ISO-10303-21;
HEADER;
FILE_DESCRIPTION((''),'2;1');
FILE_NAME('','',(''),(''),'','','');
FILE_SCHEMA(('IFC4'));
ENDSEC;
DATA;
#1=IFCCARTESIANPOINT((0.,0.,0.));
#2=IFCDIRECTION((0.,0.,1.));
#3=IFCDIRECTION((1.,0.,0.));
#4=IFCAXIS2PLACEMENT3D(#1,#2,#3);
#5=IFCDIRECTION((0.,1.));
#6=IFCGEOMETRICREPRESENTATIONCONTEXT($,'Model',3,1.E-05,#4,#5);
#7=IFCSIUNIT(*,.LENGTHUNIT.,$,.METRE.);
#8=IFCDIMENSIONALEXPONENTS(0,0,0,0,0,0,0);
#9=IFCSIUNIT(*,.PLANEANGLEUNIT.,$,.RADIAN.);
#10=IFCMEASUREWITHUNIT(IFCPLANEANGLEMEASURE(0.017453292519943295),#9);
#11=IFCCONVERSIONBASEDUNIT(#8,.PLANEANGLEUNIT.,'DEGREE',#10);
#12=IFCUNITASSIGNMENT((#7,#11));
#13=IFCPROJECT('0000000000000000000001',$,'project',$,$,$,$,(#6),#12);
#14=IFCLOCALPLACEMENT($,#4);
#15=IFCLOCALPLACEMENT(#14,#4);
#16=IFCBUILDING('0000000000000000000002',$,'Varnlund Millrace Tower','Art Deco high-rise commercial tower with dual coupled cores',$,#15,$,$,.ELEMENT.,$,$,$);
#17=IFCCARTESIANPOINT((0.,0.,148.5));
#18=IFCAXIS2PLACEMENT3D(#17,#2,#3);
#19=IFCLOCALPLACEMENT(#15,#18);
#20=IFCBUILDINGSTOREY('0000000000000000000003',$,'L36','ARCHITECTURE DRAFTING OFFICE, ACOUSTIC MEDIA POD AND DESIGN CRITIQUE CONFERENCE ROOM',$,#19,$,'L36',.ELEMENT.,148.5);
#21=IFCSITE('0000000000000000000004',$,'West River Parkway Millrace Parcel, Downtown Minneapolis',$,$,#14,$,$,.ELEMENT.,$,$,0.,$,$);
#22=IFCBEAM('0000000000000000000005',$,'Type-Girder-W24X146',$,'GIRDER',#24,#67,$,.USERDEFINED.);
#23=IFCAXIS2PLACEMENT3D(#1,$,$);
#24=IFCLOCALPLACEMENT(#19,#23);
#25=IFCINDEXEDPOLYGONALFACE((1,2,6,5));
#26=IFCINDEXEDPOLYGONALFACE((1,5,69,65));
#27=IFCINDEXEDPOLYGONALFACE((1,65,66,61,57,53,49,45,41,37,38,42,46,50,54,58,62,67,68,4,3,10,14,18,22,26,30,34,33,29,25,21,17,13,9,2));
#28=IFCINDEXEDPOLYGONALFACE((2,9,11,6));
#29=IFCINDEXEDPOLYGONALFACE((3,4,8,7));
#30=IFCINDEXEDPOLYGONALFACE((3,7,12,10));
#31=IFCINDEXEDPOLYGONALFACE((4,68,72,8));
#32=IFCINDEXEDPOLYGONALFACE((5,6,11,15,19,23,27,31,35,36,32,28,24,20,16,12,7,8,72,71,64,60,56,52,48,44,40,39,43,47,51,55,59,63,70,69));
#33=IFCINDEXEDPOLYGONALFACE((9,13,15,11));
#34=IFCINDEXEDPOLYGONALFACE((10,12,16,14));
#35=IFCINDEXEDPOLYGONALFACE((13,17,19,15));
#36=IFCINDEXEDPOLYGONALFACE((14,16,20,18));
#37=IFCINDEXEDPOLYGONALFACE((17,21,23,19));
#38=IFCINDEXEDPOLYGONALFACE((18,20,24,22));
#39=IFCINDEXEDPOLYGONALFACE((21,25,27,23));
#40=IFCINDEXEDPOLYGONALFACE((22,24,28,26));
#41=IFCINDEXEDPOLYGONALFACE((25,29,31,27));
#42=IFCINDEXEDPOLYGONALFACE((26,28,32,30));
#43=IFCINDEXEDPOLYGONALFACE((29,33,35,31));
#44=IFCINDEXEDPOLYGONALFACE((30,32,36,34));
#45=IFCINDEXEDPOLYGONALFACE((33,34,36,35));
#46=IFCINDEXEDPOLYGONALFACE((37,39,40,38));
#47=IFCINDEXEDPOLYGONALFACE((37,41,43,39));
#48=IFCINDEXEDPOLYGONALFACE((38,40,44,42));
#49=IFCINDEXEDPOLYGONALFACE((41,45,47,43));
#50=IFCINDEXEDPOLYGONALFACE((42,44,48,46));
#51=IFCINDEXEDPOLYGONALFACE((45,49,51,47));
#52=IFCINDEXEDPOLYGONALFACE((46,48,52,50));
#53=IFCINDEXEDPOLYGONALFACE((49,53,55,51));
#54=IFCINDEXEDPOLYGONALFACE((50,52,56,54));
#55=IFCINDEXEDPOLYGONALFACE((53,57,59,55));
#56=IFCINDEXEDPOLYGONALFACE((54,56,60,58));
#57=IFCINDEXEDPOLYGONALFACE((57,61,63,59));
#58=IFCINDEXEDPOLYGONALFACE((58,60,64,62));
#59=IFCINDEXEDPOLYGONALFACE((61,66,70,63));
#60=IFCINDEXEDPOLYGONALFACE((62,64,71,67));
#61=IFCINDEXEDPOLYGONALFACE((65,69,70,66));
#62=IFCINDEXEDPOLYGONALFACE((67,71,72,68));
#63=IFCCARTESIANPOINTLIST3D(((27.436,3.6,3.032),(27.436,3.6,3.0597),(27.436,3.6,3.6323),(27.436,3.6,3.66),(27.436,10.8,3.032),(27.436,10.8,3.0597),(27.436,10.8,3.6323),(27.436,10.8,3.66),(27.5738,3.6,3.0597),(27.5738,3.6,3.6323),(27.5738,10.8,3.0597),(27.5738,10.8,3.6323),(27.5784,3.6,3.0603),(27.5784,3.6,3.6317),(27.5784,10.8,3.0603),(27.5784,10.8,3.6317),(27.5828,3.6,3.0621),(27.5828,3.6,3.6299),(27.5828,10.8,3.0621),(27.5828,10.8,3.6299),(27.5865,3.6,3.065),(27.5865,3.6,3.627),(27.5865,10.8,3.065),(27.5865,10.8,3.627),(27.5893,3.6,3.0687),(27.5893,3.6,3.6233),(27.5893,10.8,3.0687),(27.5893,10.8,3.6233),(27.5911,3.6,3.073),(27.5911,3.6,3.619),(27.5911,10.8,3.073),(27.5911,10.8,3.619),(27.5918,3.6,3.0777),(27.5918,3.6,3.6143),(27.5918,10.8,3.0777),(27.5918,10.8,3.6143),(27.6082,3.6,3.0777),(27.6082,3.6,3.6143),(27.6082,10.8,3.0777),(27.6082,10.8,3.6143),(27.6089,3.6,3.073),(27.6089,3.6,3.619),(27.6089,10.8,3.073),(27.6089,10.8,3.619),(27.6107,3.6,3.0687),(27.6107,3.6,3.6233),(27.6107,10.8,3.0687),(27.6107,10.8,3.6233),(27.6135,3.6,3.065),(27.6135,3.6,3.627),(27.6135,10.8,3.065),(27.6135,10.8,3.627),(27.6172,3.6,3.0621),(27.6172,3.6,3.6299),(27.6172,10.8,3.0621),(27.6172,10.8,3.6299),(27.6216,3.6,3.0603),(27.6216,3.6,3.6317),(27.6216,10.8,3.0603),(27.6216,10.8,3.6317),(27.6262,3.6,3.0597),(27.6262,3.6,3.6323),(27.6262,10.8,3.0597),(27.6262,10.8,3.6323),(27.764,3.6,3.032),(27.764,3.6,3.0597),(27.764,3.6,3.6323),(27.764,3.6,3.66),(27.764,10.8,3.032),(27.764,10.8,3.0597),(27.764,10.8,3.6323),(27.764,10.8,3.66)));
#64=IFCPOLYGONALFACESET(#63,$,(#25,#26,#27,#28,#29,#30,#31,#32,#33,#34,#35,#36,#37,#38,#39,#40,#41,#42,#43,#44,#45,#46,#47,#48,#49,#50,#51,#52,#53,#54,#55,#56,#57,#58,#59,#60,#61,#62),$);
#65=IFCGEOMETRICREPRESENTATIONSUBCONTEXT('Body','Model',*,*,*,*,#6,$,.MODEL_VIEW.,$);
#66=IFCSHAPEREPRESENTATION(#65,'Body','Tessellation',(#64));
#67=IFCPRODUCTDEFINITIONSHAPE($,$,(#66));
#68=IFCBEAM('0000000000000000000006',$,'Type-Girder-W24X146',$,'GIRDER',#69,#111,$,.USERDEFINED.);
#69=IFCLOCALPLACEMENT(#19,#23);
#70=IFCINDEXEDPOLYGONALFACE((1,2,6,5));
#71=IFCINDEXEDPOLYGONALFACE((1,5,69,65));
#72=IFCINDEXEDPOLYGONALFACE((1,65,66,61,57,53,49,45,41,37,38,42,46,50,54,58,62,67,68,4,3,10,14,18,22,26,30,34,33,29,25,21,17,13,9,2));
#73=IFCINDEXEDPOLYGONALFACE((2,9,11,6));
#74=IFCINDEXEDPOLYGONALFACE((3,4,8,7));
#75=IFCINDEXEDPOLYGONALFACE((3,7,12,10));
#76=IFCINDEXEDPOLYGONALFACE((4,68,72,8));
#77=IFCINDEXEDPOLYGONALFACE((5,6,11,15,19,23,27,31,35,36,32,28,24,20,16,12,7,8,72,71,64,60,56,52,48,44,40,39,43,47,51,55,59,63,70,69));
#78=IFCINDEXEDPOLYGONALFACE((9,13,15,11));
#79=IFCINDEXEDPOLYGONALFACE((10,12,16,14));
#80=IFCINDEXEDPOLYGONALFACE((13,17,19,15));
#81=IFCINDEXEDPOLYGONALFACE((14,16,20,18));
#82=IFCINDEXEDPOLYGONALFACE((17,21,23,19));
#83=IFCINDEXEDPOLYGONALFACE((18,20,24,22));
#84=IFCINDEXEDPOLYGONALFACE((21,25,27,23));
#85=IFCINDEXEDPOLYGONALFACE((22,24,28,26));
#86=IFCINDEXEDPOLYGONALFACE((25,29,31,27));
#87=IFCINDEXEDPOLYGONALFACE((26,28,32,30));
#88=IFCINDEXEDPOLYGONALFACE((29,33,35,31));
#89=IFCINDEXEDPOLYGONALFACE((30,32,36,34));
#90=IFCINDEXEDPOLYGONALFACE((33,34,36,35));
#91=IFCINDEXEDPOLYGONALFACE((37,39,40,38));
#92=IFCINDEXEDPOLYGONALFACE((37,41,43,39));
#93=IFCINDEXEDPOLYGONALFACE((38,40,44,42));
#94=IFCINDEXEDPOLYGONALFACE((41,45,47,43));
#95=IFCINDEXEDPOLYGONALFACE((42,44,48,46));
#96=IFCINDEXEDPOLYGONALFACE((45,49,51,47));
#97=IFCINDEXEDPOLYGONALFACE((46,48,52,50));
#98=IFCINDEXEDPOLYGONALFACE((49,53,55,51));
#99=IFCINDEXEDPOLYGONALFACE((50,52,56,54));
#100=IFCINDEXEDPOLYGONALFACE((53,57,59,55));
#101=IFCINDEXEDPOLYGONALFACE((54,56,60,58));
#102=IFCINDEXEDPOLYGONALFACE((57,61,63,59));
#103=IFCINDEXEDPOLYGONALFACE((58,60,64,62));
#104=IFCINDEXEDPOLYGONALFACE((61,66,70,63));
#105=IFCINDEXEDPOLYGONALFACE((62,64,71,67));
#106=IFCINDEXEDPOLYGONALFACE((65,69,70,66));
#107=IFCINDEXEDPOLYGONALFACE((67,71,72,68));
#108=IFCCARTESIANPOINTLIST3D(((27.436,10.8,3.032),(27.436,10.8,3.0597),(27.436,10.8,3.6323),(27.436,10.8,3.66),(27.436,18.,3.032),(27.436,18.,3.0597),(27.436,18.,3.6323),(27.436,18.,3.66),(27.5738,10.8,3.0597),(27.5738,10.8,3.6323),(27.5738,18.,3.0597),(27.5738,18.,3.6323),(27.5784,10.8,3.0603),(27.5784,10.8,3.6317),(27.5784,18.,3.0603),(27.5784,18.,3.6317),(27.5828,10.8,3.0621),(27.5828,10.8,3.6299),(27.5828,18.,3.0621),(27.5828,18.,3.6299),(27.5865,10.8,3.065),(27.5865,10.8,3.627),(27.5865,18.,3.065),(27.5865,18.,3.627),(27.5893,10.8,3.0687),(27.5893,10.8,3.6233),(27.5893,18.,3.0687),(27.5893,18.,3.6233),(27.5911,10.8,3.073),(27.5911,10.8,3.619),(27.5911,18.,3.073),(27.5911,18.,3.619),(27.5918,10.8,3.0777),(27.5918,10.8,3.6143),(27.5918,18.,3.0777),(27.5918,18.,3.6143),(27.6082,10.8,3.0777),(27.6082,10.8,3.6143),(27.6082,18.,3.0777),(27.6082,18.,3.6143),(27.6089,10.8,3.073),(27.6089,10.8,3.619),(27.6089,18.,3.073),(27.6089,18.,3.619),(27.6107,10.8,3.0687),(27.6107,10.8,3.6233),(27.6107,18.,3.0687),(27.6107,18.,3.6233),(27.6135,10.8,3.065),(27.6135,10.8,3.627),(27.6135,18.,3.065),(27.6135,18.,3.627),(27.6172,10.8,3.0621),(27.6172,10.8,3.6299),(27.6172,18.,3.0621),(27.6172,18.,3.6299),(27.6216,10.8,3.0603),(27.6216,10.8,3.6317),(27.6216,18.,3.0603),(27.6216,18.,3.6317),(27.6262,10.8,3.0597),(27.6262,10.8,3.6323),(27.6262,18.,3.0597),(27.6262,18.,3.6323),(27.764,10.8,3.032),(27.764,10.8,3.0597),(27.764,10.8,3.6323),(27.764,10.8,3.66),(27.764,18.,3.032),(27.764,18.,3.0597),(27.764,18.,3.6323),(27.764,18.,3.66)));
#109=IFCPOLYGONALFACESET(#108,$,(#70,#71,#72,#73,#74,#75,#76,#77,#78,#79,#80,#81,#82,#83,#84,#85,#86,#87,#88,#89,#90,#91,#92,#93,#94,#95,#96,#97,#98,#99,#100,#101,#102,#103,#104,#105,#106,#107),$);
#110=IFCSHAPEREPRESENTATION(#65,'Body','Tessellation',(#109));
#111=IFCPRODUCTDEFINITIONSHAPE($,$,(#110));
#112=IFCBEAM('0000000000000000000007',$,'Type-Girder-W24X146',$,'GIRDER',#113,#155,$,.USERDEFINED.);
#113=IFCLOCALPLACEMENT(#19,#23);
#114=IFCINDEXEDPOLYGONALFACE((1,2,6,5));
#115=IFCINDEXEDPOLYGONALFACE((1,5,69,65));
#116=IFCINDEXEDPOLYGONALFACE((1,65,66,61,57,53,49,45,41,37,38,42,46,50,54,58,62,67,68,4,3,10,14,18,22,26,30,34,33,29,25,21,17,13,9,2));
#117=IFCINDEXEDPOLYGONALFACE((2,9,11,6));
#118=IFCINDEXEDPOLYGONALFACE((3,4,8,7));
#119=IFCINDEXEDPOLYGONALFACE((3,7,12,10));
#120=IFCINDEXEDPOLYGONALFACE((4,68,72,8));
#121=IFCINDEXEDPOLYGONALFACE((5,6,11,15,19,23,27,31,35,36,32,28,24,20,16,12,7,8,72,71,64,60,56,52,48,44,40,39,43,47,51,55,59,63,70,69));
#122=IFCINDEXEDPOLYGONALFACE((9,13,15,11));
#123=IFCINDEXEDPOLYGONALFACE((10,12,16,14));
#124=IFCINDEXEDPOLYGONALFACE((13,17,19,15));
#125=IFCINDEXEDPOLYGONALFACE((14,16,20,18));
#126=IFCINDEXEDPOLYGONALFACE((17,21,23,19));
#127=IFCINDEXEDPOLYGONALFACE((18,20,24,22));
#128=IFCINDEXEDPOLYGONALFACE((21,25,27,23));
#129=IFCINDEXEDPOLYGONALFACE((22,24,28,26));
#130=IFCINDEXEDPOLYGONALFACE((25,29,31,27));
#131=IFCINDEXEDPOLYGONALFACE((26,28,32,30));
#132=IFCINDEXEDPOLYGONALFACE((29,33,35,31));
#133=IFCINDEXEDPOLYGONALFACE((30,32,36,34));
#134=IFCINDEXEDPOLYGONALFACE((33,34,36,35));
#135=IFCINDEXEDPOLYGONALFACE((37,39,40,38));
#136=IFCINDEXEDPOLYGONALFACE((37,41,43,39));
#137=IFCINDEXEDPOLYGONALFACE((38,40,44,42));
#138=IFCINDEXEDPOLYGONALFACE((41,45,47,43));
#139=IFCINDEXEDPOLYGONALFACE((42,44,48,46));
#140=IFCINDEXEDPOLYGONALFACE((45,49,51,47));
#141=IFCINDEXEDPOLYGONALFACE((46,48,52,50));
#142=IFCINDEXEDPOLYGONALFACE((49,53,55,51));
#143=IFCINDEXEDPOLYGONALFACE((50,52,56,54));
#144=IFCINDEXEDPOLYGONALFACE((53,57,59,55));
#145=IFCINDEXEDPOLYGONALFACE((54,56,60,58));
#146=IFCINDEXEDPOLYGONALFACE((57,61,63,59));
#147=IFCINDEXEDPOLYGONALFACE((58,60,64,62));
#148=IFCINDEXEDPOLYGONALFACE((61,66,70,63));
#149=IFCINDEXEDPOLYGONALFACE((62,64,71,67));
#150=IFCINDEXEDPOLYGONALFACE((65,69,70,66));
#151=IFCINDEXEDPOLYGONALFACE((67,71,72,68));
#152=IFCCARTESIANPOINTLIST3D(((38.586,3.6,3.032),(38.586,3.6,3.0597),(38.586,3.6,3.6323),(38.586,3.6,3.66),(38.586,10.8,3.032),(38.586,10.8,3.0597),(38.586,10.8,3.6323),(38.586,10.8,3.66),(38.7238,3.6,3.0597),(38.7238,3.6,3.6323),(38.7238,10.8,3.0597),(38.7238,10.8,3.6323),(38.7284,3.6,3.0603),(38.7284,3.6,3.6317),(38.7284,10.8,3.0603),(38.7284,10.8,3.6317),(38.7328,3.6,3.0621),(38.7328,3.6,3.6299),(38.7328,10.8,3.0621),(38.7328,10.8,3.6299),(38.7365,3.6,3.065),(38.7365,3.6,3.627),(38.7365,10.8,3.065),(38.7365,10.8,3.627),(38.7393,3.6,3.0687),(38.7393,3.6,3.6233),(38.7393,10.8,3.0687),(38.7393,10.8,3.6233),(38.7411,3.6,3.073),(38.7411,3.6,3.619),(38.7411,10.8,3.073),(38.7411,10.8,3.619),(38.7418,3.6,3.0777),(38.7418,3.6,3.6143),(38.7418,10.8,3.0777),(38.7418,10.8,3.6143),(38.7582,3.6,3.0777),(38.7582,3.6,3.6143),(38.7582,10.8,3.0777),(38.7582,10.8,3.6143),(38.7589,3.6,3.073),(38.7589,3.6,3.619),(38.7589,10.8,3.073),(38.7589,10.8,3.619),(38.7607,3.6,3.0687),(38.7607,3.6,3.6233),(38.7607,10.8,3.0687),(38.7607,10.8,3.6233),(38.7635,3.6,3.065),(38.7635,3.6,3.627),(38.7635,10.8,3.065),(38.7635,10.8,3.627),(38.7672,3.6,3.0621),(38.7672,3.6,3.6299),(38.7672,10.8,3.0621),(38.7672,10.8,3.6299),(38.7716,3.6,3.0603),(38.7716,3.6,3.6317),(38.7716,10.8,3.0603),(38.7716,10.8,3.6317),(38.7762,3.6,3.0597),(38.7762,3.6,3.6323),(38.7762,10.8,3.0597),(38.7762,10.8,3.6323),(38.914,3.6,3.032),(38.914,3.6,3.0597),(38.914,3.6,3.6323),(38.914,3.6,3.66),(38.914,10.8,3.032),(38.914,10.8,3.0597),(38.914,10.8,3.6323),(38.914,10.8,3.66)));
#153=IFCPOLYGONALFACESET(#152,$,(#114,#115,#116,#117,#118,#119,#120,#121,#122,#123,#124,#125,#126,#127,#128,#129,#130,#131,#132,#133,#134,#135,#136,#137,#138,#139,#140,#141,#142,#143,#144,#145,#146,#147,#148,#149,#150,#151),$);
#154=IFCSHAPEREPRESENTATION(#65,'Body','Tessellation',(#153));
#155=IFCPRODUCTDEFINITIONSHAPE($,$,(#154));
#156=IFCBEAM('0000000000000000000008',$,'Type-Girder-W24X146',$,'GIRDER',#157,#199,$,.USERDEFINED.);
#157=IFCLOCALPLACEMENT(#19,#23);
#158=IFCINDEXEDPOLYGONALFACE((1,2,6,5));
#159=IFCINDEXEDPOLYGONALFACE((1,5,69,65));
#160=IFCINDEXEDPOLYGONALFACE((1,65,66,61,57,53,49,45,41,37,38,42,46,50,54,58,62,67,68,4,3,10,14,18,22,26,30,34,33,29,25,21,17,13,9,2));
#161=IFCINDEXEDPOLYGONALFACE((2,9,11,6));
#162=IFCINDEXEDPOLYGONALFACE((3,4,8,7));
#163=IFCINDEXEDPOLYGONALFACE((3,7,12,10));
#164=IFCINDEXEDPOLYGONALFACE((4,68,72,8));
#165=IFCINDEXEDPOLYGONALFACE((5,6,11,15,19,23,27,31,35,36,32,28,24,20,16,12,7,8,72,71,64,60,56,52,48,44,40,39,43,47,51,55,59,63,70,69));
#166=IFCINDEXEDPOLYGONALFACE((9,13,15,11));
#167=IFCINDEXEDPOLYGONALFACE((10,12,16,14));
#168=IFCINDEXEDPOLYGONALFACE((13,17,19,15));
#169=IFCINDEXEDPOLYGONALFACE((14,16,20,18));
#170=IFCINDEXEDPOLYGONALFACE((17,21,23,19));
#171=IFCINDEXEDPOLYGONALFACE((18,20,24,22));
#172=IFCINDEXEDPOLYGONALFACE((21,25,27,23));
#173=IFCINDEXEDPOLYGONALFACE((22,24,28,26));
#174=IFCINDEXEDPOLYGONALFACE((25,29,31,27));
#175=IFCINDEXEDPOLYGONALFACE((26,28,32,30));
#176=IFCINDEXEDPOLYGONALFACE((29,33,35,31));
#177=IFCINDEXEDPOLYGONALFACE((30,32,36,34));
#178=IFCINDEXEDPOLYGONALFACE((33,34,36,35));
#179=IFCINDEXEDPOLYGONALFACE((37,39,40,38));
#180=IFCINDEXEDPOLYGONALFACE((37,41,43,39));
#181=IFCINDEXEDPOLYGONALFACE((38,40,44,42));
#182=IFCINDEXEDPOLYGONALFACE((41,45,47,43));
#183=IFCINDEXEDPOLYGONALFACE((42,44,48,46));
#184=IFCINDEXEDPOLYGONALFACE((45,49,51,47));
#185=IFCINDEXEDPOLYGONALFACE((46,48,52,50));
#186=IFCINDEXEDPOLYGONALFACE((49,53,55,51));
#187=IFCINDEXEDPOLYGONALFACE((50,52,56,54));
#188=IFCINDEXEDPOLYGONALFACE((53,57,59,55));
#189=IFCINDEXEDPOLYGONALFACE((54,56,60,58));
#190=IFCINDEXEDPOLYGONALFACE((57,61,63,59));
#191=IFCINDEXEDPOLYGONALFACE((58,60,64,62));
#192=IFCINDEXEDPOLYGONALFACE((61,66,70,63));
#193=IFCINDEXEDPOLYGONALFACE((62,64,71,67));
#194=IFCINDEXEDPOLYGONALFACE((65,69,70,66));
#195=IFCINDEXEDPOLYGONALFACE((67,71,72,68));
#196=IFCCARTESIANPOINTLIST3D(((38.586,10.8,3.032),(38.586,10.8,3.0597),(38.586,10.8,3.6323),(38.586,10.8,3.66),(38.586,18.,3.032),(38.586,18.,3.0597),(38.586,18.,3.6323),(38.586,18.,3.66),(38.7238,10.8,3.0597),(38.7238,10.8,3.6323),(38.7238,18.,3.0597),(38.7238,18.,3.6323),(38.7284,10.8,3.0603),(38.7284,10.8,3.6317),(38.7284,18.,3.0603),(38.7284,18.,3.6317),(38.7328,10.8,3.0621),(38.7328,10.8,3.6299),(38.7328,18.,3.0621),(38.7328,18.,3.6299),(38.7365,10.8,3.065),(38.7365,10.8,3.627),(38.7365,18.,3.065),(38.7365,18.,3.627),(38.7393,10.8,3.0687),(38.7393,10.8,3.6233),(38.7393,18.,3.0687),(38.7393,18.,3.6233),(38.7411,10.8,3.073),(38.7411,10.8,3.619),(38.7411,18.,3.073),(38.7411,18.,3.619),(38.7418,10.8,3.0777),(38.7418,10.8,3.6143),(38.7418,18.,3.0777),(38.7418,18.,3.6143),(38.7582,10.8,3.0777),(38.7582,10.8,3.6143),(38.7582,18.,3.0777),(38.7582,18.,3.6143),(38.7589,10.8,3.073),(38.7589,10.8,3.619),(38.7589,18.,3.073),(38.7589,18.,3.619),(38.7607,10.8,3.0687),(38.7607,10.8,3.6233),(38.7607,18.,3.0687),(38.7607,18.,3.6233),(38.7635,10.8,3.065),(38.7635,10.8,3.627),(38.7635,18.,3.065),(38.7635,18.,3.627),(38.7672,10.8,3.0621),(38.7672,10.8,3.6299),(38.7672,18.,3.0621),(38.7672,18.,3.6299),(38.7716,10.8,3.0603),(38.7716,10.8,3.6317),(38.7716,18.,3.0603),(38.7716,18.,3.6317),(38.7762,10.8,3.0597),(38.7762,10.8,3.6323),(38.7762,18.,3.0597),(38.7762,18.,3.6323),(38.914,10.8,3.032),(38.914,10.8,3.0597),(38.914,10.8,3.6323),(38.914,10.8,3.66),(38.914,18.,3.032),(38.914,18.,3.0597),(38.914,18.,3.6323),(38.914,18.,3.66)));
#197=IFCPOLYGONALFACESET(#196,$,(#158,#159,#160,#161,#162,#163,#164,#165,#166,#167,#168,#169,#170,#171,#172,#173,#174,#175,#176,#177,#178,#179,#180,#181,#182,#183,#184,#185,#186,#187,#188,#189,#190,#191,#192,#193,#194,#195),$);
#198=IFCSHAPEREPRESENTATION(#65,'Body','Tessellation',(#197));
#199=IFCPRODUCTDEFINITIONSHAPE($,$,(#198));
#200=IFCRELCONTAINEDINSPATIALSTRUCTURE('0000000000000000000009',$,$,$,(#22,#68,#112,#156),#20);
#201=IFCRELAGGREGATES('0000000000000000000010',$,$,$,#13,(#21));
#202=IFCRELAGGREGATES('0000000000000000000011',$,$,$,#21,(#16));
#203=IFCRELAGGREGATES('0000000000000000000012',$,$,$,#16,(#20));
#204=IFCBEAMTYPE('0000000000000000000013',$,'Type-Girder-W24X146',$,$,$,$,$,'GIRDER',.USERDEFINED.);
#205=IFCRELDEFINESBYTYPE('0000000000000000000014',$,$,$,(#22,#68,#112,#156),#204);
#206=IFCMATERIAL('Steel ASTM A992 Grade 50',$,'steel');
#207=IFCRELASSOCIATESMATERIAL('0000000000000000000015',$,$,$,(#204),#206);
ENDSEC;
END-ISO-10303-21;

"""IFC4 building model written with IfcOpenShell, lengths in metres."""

from ifc_helpers import new_model, entity, si_unit, converted_unit, direction, frame, origin_with_axes, origin_2d_with_axis, place, context, subcontext, project, spatial, i_section, extrude, material, material_profile, profile_set, type_object, element, save


model = new_model("IFC4")

# Units and contexts
model_context = context("Model", 3, precision=1e-05, world=origin_with_axes(), true_north=direction((0.0, 1.0)))
body_context = subcontext(model_context, "Body", "Model", "MODEL_VIEW")
ifc_project = project(units=[si_unit("LENGTHUNIT", "METRE"), converted_unit("PLANEANGLEUNIT", "DEGREE", entity("IfcPlaneAngleMeasure", 0.017453292519943295), si_unit("PLANEANGLEUNIT", "RADIAN"), dimensions=[0, 0, 0, 0, 0, 0, 0])], contexts=[model_context])

# Site, building, storey
site_placement = place(None, origin_with_axes())
site = spatial("IfcSite", under=ifc_project, at=site_placement, Name="West River Parkway Millrace Parcel, Downtown Minneapolis", CompositionType="ELEMENT", RefElevation=0.0)
building_placement = place(site_placement, origin_with_axes())
building = spatial("IfcBuilding", under=site, at=building_placement, Name="Varnlund Millrace Tower", Description="Art Deco high-rise commercial tower with dual coupled cores", CompositionType="ELEMENT")
storey_placement = place(building_placement, frame((0.0, 0.0, 148.5), z_axis=(0.0, 0.0, 1.0), x_axis=(1.0, 0.0, 0.0)))
storey = spatial("IfcBuildingStorey", under=building, at=storey_placement, Name="L36", Description="ARCHITECTURE DRAFTING OFFICE, ACOUSTIC MEDIA POD AND DESIGN CRITIQUE CONFERENCE ROOM", LongName="L36", CompositionType="ELEMENT", Elevation=148.5)

# Beams
ifc_material_1 = material(Name="Steel ASTM A992 Grade 50", Category="steel")
ifc_material_profile_1 = material_profile(ifc_material_1, i_section(OverallWidth=0.328, OverallDepth=0.628, WebThickness=0.0165, FlangeThickness=0.0277, FilletRadius=0.018, at=origin_2d_with_axis()), Name="Steel ASTM A992 Grade 50")
ifc_profile_set_1 = profile_set([ifc_material_profile_1], Name="Steel ASTM A992 Grade 50")
beam_type_1 = type_object("IfcBeamType", Name="Type-Girder-W24X146", ElementType="GIRDER", PredefinedType="USERDEFINED", material=ifc_profile_set_1)
for number, where, z_axis, x_axis, name in (
    (1, (27.6, 3.6, 3.346), (0.0, 1.0, 0.0), (-1.0, 0.0, 0.0), "Type-Girder-W24X146"),
    (2, (27.6, 10.8, 3.346), (0.0, 1.0, 0.0), (-1.0, 0.0, 0.0), "Type-Girder-W24X146"),
    (3, (38.75, 3.6, 3.346), (0.0, 1.0, 0.0), (-1.0, 0.0, 0.0), "Type-Girder-W24X146"),
    (4, (38.75, 10.8, 3.346), (0.0, 1.0, 0.0), (-1.0, 0.0, 0.0), "Type-Girder-W24X146"),
):
    element("IfcBeam", number, at=place(storey_placement, frame(where, z_axis=z_axis, x_axis=x_axis)), inside=storey, type_object=beam_type_1, Name=name, ObjectType="GIRDER", PredefinedType="USERDEFINED", context=body_context, shape_type="SweptSolid", body=[
        extrude(i_section(OverallWidth=0.328, OverallDepth=0.628, WebThickness=0.0165, FlangeThickness=0.0277, FilletRadius=0.018, at=origin_2d_with_axis()), origin_with_axes(), (0.0, 0.0, 1.0), 7.2),
    ])

save(model, "model.ifc")
